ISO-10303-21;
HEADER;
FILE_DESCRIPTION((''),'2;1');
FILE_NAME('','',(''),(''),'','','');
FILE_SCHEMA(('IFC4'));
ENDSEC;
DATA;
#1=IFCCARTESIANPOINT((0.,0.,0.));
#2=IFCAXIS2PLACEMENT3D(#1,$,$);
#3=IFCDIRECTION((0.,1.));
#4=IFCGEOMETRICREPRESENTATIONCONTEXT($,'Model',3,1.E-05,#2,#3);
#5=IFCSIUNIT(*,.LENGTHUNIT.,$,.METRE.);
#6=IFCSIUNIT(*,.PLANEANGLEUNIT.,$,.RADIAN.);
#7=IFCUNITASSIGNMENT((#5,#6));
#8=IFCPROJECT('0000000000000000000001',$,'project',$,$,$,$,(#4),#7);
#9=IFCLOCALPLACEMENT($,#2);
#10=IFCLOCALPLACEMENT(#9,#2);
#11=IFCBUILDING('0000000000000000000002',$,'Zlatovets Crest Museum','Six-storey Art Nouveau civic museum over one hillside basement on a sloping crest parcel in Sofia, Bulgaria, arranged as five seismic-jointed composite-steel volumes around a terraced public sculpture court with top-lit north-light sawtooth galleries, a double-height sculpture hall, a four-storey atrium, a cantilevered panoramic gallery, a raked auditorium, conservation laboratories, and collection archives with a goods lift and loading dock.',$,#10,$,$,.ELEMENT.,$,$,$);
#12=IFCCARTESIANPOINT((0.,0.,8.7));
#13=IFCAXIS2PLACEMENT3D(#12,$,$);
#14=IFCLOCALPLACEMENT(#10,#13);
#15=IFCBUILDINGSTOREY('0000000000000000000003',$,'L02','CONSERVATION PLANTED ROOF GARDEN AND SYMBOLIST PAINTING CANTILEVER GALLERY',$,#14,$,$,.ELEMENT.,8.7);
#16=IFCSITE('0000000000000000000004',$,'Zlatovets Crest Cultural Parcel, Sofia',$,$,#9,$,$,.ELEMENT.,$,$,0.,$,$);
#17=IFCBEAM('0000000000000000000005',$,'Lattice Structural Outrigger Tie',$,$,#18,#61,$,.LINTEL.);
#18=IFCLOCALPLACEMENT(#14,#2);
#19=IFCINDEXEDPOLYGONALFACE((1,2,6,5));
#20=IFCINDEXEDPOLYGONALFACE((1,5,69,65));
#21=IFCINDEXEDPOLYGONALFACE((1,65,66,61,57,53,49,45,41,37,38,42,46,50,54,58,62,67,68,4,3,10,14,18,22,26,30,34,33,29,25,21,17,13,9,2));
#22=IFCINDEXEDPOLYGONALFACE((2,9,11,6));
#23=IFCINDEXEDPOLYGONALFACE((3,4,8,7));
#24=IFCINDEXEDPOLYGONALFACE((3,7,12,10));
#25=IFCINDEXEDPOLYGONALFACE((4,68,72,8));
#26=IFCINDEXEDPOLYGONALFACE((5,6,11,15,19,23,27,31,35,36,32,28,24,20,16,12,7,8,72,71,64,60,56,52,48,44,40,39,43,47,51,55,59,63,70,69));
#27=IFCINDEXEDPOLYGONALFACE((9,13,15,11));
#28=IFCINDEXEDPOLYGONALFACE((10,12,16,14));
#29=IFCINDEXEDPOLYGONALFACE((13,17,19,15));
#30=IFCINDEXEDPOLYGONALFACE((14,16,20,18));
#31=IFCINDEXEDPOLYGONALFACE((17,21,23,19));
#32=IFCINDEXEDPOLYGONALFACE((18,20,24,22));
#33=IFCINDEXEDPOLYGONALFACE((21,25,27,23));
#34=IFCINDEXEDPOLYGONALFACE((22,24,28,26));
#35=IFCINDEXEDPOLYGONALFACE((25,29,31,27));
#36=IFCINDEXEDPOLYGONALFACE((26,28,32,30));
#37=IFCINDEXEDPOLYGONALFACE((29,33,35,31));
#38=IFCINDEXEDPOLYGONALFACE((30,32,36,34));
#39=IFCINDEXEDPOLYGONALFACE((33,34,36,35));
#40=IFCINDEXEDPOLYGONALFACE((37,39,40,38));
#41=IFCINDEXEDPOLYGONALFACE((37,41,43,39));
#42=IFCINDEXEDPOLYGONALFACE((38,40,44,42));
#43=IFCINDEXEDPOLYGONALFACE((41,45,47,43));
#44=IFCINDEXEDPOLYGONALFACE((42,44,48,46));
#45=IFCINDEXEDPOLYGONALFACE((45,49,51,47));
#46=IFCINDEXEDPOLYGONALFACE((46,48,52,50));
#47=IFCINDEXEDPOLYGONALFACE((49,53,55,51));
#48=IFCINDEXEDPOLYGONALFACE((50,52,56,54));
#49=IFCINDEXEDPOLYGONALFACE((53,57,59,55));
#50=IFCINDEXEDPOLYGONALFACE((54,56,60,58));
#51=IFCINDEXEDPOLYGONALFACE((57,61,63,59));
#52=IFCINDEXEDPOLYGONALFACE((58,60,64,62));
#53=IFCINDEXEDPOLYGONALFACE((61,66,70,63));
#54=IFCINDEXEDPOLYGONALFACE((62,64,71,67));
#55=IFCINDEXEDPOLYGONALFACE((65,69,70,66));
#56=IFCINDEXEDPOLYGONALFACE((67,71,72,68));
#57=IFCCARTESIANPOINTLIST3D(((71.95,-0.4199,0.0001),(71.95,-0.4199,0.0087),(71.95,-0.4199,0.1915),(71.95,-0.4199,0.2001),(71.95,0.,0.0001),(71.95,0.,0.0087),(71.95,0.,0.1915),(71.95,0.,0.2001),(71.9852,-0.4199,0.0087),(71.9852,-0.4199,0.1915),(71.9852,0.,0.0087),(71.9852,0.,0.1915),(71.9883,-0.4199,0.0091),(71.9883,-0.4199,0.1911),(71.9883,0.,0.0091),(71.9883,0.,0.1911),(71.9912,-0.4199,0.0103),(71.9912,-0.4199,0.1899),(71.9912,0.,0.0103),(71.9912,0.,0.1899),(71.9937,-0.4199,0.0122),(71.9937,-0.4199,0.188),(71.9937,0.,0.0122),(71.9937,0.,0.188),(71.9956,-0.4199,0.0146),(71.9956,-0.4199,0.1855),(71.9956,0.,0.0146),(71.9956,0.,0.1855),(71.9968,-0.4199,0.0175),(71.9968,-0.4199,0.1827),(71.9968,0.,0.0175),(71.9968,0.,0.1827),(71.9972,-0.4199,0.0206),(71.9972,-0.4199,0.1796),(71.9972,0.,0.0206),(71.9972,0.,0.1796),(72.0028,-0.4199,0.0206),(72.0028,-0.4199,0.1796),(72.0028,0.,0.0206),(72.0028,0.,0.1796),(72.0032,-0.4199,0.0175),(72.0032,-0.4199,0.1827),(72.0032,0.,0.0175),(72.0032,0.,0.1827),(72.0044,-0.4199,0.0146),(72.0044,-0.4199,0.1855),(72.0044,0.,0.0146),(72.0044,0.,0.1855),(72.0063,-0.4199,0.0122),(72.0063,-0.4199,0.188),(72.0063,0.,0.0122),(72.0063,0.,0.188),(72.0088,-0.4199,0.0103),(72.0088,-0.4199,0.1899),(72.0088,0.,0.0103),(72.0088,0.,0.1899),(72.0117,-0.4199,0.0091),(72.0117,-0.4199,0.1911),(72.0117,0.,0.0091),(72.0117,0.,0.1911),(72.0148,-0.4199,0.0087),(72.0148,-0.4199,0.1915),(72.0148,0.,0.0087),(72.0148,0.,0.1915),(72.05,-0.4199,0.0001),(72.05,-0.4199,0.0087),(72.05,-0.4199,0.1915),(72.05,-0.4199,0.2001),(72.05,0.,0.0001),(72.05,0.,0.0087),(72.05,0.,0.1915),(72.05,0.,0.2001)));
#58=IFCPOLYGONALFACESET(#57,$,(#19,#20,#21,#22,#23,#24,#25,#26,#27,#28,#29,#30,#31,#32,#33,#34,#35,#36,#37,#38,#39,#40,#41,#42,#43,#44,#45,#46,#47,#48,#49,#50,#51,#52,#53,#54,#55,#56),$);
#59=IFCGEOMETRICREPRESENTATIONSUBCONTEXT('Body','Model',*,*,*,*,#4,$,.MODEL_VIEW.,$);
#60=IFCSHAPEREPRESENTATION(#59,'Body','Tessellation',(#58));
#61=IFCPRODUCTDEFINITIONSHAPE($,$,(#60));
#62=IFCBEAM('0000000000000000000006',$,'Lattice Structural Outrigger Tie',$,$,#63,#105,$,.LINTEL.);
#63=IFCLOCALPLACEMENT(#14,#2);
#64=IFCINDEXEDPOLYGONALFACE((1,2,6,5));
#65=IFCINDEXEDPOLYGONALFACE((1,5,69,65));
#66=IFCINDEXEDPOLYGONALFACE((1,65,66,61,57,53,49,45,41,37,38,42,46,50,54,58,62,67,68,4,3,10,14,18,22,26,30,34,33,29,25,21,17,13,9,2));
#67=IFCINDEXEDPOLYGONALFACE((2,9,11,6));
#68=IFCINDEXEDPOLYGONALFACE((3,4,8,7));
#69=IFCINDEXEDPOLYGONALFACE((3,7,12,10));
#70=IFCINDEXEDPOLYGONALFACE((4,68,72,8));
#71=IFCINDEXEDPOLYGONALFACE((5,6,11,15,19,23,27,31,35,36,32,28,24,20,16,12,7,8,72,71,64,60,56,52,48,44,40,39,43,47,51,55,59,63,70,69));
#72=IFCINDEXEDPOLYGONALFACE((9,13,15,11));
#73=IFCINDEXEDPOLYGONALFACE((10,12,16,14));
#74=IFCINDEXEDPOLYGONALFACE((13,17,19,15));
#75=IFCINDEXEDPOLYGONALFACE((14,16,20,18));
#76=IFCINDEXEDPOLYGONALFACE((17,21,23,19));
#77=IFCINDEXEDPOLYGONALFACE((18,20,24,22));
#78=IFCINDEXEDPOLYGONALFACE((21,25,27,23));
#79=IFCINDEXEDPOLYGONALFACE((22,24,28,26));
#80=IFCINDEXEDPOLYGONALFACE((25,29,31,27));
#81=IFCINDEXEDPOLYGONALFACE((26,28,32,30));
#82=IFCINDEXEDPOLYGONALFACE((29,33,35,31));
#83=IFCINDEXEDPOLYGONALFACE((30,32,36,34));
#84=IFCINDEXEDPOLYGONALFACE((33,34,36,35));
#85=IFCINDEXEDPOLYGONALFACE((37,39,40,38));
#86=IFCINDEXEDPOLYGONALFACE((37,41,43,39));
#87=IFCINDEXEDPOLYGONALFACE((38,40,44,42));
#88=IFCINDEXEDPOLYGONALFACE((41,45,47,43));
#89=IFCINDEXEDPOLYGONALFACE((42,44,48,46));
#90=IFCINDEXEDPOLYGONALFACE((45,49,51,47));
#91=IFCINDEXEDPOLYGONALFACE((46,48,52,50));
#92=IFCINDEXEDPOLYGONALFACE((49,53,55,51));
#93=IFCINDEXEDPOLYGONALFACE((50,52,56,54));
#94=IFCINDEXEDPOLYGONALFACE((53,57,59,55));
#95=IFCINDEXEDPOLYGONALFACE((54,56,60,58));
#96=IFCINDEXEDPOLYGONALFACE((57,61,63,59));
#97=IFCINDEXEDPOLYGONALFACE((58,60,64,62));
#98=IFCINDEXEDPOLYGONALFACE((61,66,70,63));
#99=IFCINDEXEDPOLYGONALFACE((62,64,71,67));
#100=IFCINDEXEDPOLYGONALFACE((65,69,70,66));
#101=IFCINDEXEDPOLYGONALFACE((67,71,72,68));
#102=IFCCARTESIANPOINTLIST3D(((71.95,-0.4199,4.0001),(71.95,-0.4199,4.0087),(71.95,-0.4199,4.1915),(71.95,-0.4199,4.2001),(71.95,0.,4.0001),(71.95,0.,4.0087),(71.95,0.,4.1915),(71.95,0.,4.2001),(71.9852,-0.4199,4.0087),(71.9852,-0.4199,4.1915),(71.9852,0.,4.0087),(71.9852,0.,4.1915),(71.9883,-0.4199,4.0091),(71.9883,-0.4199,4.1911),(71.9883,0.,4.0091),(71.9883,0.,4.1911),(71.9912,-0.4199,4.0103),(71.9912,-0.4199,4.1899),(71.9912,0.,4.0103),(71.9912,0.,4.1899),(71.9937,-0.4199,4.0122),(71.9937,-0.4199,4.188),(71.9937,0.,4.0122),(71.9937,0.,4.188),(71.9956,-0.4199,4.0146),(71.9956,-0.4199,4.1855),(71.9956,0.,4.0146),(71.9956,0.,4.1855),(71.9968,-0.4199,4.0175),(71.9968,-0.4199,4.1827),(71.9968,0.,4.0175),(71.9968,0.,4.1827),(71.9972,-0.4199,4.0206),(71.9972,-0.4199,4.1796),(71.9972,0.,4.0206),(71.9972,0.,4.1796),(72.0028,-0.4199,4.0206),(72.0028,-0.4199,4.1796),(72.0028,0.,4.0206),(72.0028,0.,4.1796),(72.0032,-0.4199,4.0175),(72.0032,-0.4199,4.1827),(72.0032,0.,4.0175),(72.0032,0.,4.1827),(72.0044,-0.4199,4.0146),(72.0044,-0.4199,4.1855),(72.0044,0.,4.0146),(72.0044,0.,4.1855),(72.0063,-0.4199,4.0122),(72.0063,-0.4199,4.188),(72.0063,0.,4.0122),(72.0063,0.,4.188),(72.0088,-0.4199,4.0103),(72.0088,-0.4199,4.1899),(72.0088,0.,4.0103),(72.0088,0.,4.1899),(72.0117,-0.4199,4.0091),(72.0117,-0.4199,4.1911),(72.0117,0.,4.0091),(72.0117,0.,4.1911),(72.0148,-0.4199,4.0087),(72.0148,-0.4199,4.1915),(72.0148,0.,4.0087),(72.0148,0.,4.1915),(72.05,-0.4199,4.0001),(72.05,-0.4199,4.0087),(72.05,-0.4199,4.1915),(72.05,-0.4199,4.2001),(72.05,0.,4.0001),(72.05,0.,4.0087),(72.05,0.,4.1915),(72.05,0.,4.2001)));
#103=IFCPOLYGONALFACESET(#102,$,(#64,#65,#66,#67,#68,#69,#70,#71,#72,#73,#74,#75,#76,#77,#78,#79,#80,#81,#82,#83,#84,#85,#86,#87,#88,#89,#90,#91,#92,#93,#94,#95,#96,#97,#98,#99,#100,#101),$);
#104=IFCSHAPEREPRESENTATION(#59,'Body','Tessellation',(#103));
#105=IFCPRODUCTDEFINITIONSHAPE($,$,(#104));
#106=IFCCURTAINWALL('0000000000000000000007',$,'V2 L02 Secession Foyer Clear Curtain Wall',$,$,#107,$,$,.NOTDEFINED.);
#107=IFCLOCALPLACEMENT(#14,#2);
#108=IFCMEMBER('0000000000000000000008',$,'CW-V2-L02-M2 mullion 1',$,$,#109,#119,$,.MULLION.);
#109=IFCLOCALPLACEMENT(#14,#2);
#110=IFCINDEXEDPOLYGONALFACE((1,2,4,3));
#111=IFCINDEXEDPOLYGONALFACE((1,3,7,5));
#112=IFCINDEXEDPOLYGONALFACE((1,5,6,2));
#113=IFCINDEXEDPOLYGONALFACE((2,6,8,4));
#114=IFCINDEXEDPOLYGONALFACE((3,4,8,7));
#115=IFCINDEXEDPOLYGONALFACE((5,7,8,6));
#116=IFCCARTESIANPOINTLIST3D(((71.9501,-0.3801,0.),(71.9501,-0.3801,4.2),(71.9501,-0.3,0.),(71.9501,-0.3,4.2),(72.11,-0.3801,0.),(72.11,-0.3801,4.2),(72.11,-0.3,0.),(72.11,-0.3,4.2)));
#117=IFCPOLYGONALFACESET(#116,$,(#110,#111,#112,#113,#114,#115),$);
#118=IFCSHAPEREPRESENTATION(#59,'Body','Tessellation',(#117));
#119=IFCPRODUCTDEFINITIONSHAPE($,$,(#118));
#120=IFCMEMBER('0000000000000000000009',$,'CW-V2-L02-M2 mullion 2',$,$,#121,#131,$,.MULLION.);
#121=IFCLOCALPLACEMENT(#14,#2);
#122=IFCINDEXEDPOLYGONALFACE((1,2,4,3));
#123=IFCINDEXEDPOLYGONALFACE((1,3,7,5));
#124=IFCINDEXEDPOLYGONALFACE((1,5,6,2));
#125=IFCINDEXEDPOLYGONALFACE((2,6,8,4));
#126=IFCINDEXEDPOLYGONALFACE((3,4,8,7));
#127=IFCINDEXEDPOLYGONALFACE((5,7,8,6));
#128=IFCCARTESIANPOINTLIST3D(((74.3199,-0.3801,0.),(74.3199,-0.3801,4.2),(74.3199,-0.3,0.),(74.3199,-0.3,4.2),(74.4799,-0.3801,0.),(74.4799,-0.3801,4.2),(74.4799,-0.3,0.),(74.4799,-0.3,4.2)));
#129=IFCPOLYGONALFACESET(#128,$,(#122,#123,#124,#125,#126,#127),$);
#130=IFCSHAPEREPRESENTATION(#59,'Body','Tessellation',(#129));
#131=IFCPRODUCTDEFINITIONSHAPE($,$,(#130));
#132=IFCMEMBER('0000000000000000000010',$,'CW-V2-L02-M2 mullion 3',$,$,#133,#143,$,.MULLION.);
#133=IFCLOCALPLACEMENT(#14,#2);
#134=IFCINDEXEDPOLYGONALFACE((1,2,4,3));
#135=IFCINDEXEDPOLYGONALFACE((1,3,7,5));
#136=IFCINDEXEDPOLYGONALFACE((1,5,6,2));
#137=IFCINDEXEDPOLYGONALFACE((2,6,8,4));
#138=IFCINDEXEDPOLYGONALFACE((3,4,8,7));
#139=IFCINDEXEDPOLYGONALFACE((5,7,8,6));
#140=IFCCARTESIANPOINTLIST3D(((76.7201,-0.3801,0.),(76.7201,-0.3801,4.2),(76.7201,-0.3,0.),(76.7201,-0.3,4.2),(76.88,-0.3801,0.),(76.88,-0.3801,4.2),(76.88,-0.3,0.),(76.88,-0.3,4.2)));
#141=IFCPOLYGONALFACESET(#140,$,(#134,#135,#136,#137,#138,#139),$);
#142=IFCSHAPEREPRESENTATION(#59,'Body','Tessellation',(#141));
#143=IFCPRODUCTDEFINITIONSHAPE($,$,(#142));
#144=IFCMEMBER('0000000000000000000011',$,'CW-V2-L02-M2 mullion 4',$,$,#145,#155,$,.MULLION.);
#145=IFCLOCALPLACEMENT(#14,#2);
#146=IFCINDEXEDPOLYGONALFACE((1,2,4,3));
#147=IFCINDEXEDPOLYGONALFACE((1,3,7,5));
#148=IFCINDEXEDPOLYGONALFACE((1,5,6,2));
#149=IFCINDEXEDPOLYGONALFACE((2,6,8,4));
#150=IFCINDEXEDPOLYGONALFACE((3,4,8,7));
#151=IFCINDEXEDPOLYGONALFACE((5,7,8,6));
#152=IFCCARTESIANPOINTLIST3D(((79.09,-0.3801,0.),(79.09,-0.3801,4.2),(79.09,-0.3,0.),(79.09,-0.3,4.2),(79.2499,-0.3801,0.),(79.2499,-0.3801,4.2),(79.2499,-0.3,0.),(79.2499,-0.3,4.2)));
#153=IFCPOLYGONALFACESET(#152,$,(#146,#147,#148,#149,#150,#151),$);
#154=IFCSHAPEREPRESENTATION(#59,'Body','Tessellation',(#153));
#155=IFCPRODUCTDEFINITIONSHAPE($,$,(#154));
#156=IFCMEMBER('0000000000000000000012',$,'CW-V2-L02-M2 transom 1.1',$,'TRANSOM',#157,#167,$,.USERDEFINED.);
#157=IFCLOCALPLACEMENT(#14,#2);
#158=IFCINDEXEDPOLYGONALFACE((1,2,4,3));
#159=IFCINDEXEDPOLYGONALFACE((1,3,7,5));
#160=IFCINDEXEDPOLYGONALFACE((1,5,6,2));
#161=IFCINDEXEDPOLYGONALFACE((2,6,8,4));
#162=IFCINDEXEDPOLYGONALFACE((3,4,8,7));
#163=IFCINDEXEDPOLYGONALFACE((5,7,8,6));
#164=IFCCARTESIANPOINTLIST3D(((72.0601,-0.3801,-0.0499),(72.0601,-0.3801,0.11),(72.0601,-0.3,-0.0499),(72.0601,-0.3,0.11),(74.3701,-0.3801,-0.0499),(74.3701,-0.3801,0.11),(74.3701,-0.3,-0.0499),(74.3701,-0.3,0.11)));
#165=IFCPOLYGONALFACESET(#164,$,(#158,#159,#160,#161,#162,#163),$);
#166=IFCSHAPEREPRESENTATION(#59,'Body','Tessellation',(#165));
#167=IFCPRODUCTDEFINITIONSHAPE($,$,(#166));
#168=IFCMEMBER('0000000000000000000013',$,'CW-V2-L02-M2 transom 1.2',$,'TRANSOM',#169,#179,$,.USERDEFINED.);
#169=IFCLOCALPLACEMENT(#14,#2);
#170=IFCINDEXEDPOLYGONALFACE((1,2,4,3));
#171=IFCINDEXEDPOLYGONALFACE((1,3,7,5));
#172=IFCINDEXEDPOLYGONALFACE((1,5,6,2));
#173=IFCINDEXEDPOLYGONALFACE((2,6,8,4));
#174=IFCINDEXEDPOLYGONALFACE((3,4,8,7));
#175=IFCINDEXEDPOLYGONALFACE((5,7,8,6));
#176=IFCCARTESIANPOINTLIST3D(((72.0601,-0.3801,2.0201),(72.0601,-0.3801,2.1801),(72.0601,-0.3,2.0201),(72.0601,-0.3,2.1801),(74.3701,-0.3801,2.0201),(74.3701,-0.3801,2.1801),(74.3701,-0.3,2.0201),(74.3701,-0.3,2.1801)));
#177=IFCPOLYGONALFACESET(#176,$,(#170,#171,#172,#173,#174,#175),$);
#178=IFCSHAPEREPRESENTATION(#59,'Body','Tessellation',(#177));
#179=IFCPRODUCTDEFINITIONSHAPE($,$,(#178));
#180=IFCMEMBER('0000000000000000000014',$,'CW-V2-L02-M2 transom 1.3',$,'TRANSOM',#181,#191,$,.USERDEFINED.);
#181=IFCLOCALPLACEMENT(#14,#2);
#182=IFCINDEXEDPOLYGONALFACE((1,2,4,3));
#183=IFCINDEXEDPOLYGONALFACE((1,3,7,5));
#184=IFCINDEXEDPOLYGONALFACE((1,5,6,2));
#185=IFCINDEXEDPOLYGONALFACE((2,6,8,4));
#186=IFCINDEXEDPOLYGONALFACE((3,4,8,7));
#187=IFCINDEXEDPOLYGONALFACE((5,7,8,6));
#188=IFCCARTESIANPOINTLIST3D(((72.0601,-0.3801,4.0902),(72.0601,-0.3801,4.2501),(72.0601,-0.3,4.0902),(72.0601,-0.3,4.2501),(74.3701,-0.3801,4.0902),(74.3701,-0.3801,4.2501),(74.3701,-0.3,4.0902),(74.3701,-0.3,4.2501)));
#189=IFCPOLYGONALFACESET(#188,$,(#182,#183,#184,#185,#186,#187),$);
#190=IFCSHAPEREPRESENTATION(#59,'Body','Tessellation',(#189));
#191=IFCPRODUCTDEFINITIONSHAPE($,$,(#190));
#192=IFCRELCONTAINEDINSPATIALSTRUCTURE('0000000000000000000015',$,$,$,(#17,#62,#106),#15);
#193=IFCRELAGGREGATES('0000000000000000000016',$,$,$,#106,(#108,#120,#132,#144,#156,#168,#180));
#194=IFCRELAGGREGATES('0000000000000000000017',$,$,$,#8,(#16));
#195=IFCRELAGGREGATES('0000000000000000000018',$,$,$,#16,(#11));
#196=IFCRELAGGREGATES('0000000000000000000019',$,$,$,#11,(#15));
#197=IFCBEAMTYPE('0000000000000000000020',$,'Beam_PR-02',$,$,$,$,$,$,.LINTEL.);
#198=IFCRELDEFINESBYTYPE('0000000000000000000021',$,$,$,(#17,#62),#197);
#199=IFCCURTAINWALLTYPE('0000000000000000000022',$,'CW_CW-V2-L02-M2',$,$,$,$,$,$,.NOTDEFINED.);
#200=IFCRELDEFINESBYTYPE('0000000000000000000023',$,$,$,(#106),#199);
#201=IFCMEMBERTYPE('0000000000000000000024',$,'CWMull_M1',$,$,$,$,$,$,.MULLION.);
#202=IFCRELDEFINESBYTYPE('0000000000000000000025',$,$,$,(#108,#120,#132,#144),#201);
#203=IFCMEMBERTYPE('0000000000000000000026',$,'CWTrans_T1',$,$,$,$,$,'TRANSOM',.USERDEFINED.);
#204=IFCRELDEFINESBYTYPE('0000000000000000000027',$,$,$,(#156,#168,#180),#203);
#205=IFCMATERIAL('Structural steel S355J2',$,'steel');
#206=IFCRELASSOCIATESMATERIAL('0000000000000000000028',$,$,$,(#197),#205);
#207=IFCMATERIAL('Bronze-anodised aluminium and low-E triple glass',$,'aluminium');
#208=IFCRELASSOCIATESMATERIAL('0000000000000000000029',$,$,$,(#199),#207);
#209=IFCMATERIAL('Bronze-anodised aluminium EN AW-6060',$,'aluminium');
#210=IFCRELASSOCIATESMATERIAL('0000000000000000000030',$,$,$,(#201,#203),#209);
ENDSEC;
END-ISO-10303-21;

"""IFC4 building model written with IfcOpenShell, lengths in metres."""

from ifc_helpers import new_model, si_unit, direction, frame, origin, origin_2d, place, context, subcontext, project, spatial, rectangle, i_section, extrude, material, material_profile, profile_set, type_object, element, aggregate, save


model = new_model("IFC4")

# Units and contexts
model_context = context("Model", 3, precision=1e-05, world=origin(), true_north=direction((0.0, 1.0)))
body_context = subcontext(model_context, "Body", "Model", "MODEL_VIEW")
ifc_project = project(units=[si_unit("LENGTHUNIT", "METRE"), si_unit("PLANEANGLEUNIT", "RADIAN")], contexts=[model_context])

# Site, building, storey
site_placement = place(None, origin())
site = spatial("IfcSite", under=ifc_project, at=site_placement, Name="Zlatovets Crest Cultural Parcel, Sofia", CompositionType="ELEMENT", RefElevation=0.0)
building_placement = place(site_placement, origin())
building = spatial("IfcBuilding", under=site, at=building_placement, Name="Zlatovets Crest Museum", Description="Six-storey Art Nouveau civic museum over one hillside basement on a sloping crest parcel in Sofia, Bulgaria, arranged as five seismic-jointed composite-steel volumes around a terraced public sculpture court with top-lit north-light sawtooth galleries, a double-height sculpture hall, a four-storey atrium, a cantilevered panoramic gallery, a raked auditorium, conservation laboratories, and collection archives with a goods lift and loading dock.", CompositionType="ELEMENT")
storey_placement = place(building_placement, frame((0.0, 0.0, 8.7)))
storey = spatial("IfcBuildingStorey", under=building, at=storey_placement, Name="L02", Description="CONSERVATION PLANTED ROOF GARDEN AND SYMBOLIST PAINTING CANTILEVER GALLERY", CompositionType="ELEMENT", Elevation=8.7)

# Shared definitions
ifc_material_1 = material(Name="Structural steel S355J2", Category="steel")

# Beams
ifc_material_profile_1 = material_profile(ifc_material_1, i_section(OverallWidth=0.1001, OverallDepth=0.2, WebThickness=0.0056, FlangeThickness=0.0085, FilletRadius=0.012, at=origin_2d()), Name="IPE 200")
ifc_profile_set_1 = profile_set([ifc_material_profile_1], Name="Structural steel S355J2")
beam_type_1 = type_object("IfcBeamType", Name="Beam_PR-02", PredefinedType="LINTEL", material=ifc_profile_set_1)
for number, where, z_axis, x_axis, name in (
    (1, (72.0, 0.0, 0.1001), (0.0, -1.0, 0.0), (1.0, 0.0, 0.0), "Lattice Structural Outrigger Tie"),
    (2, (72.0, 0.0, 4.1001), (0.0, -1.0, 0.0), (1.0, 0.0, 0.0), "Lattice Structural Outrigger Tie"),
):
    element("IfcBeam", number, at=place(storey_placement, frame(where, z_axis=z_axis, x_axis=x_axis)), inside=storey, type_object=beam_type_1, Name=name, PredefinedType="LINTEL", context=body_context, shape_type="SweptSolid", body=[
        extrude(i_section(OverallWidth=0.1001, OverallDepth=0.2, WebThickness=0.0056, FlangeThickness=0.0085, FilletRadius=0.012, at=origin_2d()), origin(), (0.0, 0.0, 1.0), 0.4199),
    ])

# Curtain wall, members
ifc_material_2 = material(Name="Bronze-anodised aluminium and low-E triple glass", Category="aluminium")
curtain_wall_type = type_object("IfcCurtainWallType", Name="CW_CW-V2-L02-M2", PredefinedType="NOTDEFINED", material=ifc_material_2)
curtain_wall_placement = place(storey_placement, origin())
curtain_wall = element("IfcCurtainWall", 3, at=curtain_wall_placement, inside=storey, type_object=curtain_wall_type, Name="V2 L02 Secession Foyer Clear Curtain Wall", PredefinedType="NOTDEFINED")
ifc_material_3 = material(Name="Bronze-anodised aluminium EN AW-6060", Category="aluminium")
ifc_material_profile_2 = material_profile(ifc_material_3, rectangle(XDim=0.0801, YDim=0.1599, at=origin_2d()), Name="ALU 80x160")
ifc_profile_set_2 = profile_set([ifc_material_profile_2], Name="Bronze-anodised aluminium EN AW-6060")
member_type_1 = type_object("IfcMemberType", Name="CWMull_M1", PredefinedType="MULLION", material=ifc_profile_set_2)
member_1_placement = place(storey_placement, frame((72.03, -0.3401, 0.0), z_axis=(0.0, 0.0, 1.0), x_axis=(0.0, 1.0, 0.0)))
member_1 = element("IfcMember", 4, at=member_1_placement, type_object=member_type_1, Name="CW-V2-L02-M2 mullion 1", PredefinedType="MULLION", context=body_context, shape_type="SweptSolid", body=[
    extrude(rectangle(XDim=0.0801, YDim=0.1599, at=origin_2d()), origin(), (0.0, 0.0, 1.0), 4.2),
])
member_2_placement = place(storey_placement, frame((74.3999, -0.3401, 0.0), z_axis=(0.0, 0.0, 1.0), x_axis=(0.0, 1.0, 0.0)))
member_2 = element("IfcMember", 5, at=member_2_placement, type_object=member_type_1, Name="CW-V2-L02-M2 mullion 2", PredefinedType="MULLION", context=body_context, shape_type="SweptSolid", body=[
    extrude(rectangle(XDim=0.0801, YDim=0.1599, at=origin_2d()), origin(), (0.0, 0.0, 1.0), 4.2),
])
member_3_placement = place(storey_placement, frame((76.8, -0.3401, 0.0), z_axis=(0.0, 0.0, 1.0), x_axis=(0.0, 1.0, 0.0)))
member_3 = element("IfcMember", 6, at=member_3_placement, type_object=member_type_1, Name="CW-V2-L02-M2 mullion 3", PredefinedType="MULLION", context=body_context, shape_type="SweptSolid", body=[
    extrude(rectangle(XDim=0.0801, YDim=0.1599, at=origin_2d()), origin(), (0.0, 0.0, 1.0), 4.2),
])
member_4_placement = place(storey_placement, frame((79.1699, -0.3401, 0.0), z_axis=(0.0, 0.0, 1.0), x_axis=(0.0, 1.0, 0.0)))
member_4 = element("IfcMember", 7, at=member_4_placement, type_object=member_type_1, Name="CW-V2-L02-M2 mullion 4", PredefinedType="MULLION", context=body_context, shape_type="SweptSolid", body=[
    extrude(rectangle(XDim=0.0801, YDim=0.1599, at=origin_2d()), origin(), (0.0, 0.0, 1.0), 4.2),
])
ifc_material_profile_3 = material_profile(ifc_material_3, rectangle(XDim=0.0801, YDim=0.1599, at=origin_2d()), Name="ALU 80x160")
ifc_profile_set_3 = profile_set([ifc_material_profile_3], Name="Bronze-anodised aluminium EN AW-6060")
member_type_2 = type_object("IfcMemberType", Name="CWTrans_T1", ElementType="TRANSOM", PredefinedType="USERDEFINED", material=ifc_profile_set_3)
member_5_placement = place(storey_placement, frame((72.0601, -0.3401, 0.03), z_axis=(1.0, 0.0, 0.0), x_axis=(0.0, 1.0, 0.0)))
member_5 = element("IfcMember", 8, at=member_5_placement, type_object=member_type_2, Name="CW-V2-L02-M2 transom 1.1", ObjectType="TRANSOM", PredefinedType="USERDEFINED", context=body_context, shape_type="SweptSolid", body=[
    extrude(rectangle(XDim=0.0801, YDim=0.1599, at=origin_2d()), origin(), (0.0, 0.0, 1.0), 2.3101),
])
member_6_placement = place(storey_placement, frame((72.0601, -0.3401, 2.1001), z_axis=(1.0, 0.0, 0.0), x_axis=(0.0, 1.0, 0.0)))
member_6 = element("IfcMember", 9, at=member_6_placement, type_object=member_type_2, Name="CW-V2-L02-M2 transom 1.2", ObjectType="TRANSOM", PredefinedType="USERDEFINED", context=body_context, shape_type="SweptSolid", body=[
    extrude(rectangle(XDim=0.0801, YDim=0.1599, at=origin_2d()), origin(), (0.0, 0.0, 1.0), 2.3101),
])
member_7_placement = place(storey_placement, frame((72.0601, -0.3401, 4.1702), z_axis=(1.0, 0.0, 0.0), x_axis=(0.0, 1.0, 0.0)))
member_7 = element("IfcMember", 10, at=member_7_placement, type_object=member_type_2, Name="CW-V2-L02-M2 transom 1.3", ObjectType="TRANSOM", PredefinedType="USERDEFINED", context=body_context, shape_type="SweptSolid", body=[
    extrude(rectangle(XDim=0.0801, YDim=0.1599, at=origin_2d()), origin(), (0.0, 0.0, 1.0), 2.3101),
])

aggregate(curtain_wall, [member_1, member_2, member_3, member_4, member_5, member_6, member_7])

save(model, "model.ifc")
